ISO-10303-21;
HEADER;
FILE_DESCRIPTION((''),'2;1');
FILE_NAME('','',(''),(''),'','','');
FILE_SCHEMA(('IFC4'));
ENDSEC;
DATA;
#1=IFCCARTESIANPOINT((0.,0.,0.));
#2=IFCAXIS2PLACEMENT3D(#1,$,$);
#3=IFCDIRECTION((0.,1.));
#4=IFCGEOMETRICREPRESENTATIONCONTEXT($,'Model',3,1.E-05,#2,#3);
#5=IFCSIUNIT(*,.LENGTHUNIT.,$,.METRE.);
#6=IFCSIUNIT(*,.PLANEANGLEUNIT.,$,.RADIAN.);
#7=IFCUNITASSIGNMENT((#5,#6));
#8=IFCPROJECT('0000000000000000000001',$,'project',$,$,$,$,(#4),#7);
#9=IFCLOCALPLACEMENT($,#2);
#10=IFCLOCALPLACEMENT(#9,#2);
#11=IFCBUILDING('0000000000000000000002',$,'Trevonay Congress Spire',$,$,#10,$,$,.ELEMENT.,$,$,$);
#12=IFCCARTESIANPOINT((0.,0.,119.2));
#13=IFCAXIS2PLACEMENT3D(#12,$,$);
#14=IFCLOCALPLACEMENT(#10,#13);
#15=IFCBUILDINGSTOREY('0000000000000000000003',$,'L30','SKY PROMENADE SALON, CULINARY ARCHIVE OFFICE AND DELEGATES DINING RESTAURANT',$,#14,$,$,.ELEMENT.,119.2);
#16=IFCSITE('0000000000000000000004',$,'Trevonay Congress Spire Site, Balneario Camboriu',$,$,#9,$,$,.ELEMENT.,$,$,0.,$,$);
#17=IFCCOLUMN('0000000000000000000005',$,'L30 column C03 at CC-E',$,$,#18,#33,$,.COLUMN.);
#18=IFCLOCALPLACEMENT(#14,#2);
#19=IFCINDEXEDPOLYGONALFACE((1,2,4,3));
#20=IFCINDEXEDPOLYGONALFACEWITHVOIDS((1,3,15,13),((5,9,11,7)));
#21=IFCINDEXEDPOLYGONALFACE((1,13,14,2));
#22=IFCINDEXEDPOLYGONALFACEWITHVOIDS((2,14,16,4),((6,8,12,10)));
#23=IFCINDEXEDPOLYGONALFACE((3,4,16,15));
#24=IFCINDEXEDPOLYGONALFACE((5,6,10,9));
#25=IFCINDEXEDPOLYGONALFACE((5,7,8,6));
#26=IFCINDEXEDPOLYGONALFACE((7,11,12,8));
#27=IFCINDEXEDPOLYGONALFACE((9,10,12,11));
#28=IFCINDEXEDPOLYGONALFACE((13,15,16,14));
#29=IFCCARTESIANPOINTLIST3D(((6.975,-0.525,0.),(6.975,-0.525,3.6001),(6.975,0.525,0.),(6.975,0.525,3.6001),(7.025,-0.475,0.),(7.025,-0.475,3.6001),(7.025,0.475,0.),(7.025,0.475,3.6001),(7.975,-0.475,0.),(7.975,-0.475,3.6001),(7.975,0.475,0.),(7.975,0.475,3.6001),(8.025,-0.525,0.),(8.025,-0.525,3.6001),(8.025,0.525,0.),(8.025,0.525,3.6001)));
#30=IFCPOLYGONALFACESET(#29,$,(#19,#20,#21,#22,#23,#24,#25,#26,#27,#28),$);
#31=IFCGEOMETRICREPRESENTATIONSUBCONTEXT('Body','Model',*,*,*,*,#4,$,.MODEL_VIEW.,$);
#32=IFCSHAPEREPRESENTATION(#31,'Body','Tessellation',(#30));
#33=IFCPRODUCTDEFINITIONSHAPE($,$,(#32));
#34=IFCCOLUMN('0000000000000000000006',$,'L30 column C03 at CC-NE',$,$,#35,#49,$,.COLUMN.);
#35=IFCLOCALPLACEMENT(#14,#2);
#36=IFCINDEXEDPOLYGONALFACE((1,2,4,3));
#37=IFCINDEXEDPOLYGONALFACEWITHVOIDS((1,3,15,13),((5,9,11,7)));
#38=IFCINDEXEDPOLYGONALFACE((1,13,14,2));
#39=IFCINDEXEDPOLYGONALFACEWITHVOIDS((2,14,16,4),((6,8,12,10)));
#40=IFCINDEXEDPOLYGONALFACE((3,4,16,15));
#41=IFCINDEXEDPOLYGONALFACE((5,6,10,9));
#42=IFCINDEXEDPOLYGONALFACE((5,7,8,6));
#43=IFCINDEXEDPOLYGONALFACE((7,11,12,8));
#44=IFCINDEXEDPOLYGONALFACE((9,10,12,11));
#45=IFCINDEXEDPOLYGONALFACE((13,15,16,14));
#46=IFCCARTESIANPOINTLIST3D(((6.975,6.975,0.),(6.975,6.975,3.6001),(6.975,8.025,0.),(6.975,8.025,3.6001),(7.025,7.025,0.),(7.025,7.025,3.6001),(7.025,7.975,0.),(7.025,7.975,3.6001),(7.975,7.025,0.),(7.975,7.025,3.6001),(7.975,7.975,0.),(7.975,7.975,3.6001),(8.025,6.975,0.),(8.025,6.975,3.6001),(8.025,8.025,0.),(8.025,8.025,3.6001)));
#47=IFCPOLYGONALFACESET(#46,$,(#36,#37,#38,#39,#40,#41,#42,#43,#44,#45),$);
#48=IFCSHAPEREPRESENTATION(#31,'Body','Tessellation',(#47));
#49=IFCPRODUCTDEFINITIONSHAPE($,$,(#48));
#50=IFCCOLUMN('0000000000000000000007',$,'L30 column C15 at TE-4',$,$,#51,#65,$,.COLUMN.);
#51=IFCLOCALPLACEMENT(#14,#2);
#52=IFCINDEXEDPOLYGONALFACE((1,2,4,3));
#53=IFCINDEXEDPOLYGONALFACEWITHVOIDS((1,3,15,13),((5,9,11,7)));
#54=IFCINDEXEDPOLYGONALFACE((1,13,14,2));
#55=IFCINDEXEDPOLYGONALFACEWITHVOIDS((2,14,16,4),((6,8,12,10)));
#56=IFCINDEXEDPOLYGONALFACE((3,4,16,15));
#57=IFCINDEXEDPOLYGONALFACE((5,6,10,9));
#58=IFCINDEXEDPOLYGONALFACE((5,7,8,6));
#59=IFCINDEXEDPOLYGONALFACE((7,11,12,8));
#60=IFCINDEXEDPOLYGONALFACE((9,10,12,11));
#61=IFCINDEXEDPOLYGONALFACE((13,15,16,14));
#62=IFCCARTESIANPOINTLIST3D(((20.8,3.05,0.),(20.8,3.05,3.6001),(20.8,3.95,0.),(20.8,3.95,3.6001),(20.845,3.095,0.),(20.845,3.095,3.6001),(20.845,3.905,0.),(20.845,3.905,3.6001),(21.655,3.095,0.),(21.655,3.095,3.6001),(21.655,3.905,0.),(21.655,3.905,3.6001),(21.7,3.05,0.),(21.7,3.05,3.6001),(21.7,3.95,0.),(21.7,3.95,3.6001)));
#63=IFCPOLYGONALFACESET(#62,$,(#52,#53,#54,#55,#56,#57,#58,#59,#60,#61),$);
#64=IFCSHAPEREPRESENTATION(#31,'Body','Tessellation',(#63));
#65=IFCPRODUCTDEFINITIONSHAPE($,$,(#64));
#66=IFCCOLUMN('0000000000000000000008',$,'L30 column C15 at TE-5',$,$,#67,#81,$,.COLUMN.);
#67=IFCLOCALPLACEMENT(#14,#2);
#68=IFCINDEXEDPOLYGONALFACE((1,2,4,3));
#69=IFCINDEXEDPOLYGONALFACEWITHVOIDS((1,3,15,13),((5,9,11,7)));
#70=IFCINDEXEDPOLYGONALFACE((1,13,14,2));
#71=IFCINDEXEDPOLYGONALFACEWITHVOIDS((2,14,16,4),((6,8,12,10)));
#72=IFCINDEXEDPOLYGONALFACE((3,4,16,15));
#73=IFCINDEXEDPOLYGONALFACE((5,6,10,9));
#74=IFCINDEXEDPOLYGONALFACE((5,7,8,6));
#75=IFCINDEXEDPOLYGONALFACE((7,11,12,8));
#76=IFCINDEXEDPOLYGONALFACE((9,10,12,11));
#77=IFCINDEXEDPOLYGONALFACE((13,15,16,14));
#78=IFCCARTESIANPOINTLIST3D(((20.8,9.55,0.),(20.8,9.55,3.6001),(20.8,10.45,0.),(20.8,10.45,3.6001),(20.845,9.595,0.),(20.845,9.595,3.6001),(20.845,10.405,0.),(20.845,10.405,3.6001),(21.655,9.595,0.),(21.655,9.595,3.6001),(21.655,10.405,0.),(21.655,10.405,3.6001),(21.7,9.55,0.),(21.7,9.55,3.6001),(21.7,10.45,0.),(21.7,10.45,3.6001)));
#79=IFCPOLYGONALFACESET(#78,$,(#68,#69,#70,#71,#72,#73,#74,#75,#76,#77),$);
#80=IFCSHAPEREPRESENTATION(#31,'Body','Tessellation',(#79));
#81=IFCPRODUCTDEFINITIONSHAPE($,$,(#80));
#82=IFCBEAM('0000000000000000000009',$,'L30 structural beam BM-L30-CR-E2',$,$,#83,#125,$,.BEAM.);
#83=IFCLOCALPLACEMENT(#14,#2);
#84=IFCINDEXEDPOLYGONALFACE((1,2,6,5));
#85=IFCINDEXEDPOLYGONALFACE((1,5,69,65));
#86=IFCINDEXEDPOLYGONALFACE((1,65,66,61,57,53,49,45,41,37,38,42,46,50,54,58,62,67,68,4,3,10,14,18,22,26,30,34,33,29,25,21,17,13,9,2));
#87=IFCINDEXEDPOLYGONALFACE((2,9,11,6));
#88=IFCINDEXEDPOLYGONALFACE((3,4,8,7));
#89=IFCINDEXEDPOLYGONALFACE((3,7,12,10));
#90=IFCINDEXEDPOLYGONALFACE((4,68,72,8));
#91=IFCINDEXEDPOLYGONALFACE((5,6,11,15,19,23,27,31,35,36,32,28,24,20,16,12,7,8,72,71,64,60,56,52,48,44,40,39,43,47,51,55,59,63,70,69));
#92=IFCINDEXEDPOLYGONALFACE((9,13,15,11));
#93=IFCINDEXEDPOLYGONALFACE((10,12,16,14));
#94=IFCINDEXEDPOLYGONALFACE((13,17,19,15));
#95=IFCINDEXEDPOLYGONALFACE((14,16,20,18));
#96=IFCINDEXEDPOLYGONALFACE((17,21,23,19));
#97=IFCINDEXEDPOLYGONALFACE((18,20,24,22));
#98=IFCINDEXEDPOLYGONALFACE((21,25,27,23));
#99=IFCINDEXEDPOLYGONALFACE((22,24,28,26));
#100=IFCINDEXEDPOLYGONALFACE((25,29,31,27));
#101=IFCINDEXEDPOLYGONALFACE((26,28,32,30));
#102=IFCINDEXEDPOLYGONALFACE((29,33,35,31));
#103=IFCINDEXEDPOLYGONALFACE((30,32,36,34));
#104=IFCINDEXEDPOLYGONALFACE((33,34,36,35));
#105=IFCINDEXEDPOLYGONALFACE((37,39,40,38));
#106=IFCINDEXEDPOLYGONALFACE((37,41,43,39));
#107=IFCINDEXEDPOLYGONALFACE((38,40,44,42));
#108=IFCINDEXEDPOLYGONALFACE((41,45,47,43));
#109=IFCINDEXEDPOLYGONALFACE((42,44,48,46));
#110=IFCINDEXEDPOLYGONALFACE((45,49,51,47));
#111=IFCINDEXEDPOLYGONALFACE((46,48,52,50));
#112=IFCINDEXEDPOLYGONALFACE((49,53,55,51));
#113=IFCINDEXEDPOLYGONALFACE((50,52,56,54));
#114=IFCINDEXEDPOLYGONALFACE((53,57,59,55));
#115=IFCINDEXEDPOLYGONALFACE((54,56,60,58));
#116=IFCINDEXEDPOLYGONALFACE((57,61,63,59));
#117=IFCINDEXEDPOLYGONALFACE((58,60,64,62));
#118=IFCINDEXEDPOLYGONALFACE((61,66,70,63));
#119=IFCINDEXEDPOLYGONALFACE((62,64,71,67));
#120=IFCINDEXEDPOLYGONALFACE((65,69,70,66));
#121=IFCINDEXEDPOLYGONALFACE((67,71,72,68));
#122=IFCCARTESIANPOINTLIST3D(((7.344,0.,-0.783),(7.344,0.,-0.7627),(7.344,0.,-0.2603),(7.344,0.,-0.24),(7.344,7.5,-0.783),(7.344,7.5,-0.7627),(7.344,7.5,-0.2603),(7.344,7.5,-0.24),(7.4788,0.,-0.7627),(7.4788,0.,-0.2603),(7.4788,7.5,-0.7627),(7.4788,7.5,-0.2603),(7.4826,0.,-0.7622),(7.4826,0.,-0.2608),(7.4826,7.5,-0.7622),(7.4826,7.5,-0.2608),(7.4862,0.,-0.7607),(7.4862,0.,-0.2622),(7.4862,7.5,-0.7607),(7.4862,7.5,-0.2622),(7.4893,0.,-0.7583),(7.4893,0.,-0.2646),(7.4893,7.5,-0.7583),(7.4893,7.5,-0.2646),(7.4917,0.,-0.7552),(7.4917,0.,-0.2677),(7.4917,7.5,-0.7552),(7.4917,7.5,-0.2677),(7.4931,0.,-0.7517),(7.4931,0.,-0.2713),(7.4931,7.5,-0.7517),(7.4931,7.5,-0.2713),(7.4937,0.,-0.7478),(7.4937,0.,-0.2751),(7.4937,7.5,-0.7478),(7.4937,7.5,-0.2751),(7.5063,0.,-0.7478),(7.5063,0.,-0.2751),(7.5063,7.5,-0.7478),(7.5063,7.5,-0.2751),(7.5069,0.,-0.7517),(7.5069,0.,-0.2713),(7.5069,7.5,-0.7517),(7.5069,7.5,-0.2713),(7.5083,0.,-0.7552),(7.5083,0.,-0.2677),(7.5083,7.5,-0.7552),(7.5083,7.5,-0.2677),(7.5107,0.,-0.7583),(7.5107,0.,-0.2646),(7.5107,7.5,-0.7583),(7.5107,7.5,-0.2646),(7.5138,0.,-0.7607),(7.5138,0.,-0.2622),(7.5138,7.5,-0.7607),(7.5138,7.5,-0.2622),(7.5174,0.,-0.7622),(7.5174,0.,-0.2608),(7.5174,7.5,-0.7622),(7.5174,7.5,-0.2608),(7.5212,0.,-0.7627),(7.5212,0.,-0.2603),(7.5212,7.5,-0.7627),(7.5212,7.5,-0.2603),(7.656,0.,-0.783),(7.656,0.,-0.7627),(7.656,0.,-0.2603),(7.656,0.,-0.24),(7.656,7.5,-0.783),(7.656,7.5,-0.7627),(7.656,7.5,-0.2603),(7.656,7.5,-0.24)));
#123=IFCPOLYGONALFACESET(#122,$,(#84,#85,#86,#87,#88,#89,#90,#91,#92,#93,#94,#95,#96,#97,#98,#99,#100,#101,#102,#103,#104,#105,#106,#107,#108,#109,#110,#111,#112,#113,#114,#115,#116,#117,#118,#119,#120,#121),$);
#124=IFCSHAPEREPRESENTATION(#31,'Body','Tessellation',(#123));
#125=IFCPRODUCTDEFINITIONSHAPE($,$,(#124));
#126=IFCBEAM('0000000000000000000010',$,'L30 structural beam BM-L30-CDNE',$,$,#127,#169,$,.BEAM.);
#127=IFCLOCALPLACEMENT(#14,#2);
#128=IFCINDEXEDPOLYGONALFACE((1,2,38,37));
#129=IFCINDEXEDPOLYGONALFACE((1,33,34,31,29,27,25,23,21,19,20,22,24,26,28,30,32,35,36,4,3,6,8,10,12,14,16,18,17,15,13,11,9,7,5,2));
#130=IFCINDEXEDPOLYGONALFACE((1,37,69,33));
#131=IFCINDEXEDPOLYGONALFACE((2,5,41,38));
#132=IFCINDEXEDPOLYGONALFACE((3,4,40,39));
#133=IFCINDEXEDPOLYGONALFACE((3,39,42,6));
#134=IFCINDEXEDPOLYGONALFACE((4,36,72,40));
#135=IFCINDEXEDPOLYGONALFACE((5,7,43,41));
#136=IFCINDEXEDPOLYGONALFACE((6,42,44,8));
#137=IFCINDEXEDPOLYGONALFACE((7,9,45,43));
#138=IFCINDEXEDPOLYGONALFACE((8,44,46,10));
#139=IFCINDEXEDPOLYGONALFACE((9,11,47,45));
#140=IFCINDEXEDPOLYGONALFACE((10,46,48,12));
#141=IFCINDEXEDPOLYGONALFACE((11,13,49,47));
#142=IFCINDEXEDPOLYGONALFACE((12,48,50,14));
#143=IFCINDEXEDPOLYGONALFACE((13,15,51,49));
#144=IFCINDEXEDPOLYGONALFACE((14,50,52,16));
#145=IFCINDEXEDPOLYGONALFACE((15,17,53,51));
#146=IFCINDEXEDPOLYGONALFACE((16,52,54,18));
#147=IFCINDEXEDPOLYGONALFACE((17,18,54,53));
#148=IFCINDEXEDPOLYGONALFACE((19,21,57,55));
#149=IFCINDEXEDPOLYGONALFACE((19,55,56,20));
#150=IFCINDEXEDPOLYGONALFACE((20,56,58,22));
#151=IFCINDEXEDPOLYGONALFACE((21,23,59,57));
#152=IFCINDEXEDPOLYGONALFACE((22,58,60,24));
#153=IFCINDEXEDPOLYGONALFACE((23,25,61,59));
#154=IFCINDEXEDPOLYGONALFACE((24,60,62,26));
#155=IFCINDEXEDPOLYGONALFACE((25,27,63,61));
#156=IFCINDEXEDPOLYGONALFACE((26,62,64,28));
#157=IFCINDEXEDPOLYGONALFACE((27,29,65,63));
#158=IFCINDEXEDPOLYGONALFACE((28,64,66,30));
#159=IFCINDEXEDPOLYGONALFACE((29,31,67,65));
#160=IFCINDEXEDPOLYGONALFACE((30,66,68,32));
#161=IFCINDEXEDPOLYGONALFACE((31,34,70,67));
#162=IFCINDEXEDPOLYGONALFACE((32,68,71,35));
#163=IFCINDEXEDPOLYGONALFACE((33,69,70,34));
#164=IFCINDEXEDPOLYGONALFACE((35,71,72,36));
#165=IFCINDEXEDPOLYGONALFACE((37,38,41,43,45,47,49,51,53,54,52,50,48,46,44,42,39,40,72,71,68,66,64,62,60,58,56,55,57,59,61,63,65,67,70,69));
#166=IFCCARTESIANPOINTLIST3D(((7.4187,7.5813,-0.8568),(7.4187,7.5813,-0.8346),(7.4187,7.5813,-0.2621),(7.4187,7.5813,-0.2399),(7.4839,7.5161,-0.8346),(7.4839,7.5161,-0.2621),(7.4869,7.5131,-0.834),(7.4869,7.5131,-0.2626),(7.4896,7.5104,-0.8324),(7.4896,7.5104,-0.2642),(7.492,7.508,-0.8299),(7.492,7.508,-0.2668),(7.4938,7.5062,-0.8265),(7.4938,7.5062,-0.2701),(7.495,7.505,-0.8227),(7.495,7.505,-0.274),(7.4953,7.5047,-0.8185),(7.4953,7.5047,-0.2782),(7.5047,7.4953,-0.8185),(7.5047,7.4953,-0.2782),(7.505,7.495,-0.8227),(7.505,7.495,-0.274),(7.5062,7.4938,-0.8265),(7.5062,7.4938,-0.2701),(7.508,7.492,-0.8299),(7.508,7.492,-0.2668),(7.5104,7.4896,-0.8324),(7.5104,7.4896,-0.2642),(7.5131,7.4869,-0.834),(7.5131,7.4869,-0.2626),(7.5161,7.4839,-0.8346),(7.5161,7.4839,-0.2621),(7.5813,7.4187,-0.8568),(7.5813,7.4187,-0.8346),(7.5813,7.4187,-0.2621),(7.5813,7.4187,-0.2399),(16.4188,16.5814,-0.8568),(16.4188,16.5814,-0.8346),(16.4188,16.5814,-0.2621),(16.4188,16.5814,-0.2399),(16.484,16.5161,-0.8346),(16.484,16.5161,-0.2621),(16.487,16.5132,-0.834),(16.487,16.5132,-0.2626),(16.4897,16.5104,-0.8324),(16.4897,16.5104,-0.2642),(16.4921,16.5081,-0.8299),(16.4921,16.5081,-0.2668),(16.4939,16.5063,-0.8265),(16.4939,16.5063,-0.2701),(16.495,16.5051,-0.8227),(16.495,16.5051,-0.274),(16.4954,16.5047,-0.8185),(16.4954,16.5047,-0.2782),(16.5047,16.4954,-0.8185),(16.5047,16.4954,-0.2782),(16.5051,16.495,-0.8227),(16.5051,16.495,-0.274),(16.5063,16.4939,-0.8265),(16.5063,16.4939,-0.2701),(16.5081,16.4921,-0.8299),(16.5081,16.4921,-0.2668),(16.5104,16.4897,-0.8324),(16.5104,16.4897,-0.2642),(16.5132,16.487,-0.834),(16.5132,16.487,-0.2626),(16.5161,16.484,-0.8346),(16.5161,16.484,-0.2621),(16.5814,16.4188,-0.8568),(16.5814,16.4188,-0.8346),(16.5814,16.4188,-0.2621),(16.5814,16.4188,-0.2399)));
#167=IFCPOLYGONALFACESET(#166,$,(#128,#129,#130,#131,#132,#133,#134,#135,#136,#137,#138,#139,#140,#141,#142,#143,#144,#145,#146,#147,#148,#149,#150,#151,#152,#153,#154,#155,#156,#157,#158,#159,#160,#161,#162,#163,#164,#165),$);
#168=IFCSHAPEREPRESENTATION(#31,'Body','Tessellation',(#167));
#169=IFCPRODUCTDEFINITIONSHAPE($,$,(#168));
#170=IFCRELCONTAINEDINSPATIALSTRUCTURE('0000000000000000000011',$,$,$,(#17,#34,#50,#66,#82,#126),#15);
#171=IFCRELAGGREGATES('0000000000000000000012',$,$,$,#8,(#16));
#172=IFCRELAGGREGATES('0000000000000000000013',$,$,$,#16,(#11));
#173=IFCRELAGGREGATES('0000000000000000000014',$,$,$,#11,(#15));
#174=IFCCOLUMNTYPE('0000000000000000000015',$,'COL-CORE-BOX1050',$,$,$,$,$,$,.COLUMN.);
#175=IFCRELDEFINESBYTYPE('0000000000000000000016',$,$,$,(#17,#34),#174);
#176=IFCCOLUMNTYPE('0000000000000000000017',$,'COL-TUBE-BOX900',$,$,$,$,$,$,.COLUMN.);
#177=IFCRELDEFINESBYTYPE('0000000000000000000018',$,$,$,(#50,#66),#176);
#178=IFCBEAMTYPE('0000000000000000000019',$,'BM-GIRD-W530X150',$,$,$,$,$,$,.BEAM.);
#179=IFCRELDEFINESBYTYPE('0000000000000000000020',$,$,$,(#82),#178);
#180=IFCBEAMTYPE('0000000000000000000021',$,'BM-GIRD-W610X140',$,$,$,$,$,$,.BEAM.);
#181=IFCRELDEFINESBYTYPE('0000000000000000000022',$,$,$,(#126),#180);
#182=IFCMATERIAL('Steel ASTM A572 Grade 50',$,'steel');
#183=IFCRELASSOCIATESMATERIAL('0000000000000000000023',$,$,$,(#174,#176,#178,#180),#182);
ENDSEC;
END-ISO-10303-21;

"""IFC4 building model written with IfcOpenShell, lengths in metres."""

from ifc_helpers import new_model, si_unit, direction, frame, origin, origin_2d, place, context, subcontext, project, spatial, hollow_rectangle, i_section, extrude, material, material_profile, profile_set, type_object, element, save


model = new_model("IFC4")

# Units and contexts
model_context = context("Model", 3, precision=1e-05, world=origin(), true_north=direction((0.0, 1.0)))
body_context = subcontext(model_context, "Body", "Model", "MODEL_VIEW")
ifc_project = project(units=[si_unit("LENGTHUNIT", "METRE"), si_unit("PLANEANGLEUNIT", "RADIAN")], contexts=[model_context])

# Site, building, storey
site_placement = place(None, origin())
site = spatial("IfcSite", under=ifc_project, at=site_placement, Name="Trevonay Congress Spire Site, Balneario Camboriu", CompositionType="ELEMENT", RefElevation=0.0)
building_placement = place(site_placement, origin())
building = spatial("IfcBuilding", under=site, at=building_placement, Name="Trevonay Congress Spire", CompositionType="ELEMENT")
storey_placement = place(building_placement, frame((0.0, 0.0, 119.2)))
storey = spatial("IfcBuildingStorey", under=building, at=storey_placement, Name="L30", Description="SKY PROMENADE SALON, CULINARY ARCHIVE OFFICE AND DELEGATES DINING RESTAURANT", CompositionType="ELEMENT", Elevation=119.2)

# Columns
ifc_material_1 = material(Name="Steel ASTM A572 Grade 50", Category="steel")
ifc_material_profile_1 = material_profile(ifc_material_1, hollow_rectangle(XDim=1.05, YDim=1.05, WallThickness=0.05, at=origin_2d()), Name="BOX 1050x1050x50")
ifc_profile_set_1 = profile_set([ifc_material_profile_1], Name="Steel ASTM A572 Grade 50")
column_type_1 = type_object("IfcColumnType", Name="COL-CORE-BOX1050", PredefinedType="COLUMN", material=ifc_profile_set_1)
for number, where, z_axis, x_axis, name in (
    (1, (7.5, 0.0, 0.0), (0.0, 0.0, 1.0), (1.0, 0.0, 0.0), "L30 column C03 at CC-E"),
    (2, (7.5, 7.5, 0.0), (0.0, 0.0, 1.0), (1.0, 0.0, 0.0), "L30 column C03 at CC-NE"),
):
    element("IfcColumn", number, at=place(storey_placement, frame(where, z_axis=z_axis, x_axis=x_axis)), inside=storey, type_object=column_type_1, Name=name, PredefinedType="COLUMN", context=body_context, shape_type="SweptSolid", body=[
        extrude(hollow_rectangle(XDim=1.05, YDim=1.05, WallThickness=0.05, at=origin_2d()), origin(), (0.0, 0.0, 1.0), 3.6001),
    ])
ifc_material_profile_2 = material_profile(ifc_material_1, hollow_rectangle(XDim=0.8999, YDim=0.8999, WallThickness=0.0449, at=origin_2d()), Name="BOX 900x900x45")
ifc_profile_set_2 = profile_set([ifc_material_profile_2], Name="Steel ASTM A572 Grade 50")
column_type_2 = type_object("IfcColumnType", Name="COL-TUBE-BOX900", PredefinedType="COLUMN", material=ifc_profile_set_2)
for number, where, z_axis, x_axis, name in (
    (3, (21.25, 3.5, 0.0), (0.0, 0.0, 1.0), (1.0, 0.0, 0.0), "L30 column C15 at TE-4"),
    (4, (21.25, 10.0, 0.0), (0.0, 0.0, 1.0), (1.0, 0.0, 0.0), "L30 column C15 at TE-5"),
):
    element("IfcColumn", number, at=place(storey_placement, frame(where, z_axis=z_axis, x_axis=x_axis)), inside=storey, type_object=column_type_2, Name=name, PredefinedType="COLUMN", context=body_context, shape_type="SweptSolid", body=[
        extrude(hollow_rectangle(XDim=0.8999, YDim=0.8999, WallThickness=0.0449, at=origin_2d()), origin(), (0.0, 0.0, 1.0), 3.6001),
    ])

# Beams
ifc_material_profile_3 = material_profile(ifc_material_1, i_section(OverallWidth=0.312, OverallDepth=0.543, WebThickness=0.0127, FlangeThickness=0.0203, FilletRadius=0.0149, at=origin_2d()), Name="W530x150")
ifc_profile_set_3 = profile_set([ifc_material_profile_3], Name="Steel ASTM A572 Grade 50")
beam_type_1 = type_object("IfcBeamType", Name="BM-GIRD-W530X150", PredefinedType="BEAM", material=ifc_profile_set_3)
beam_1_placement = place(storey_placement, frame((7.5, 0.0, -0.5115), z_axis=(0.0, 1.0, 0.0), x_axis=(-1.0, 0.0, 0.0)))
element("IfcBeam", 5, at=beam_1_placement, inside=storey, type_object=beam_type_1, Name="L30 structural beam BM-L30-CR-E2", PredefinedType="BEAM", context=body_context, shape_type="SweptSolid", body=[
    extrude(i_section(OverallWidth=0.312, OverallDepth=0.543, WebThickness=0.0127, FlangeThickness=0.0203, FilletRadius=0.0149, at=origin_2d()), origin(), (0.0, 0.0, 1.0), 7.5),
])
ifc_material_profile_4 = material_profile(ifc_material_1, i_section(OverallWidth=0.23, OverallDepth=0.6169, WebThickness=0.0132, FlangeThickness=0.0222, FilletRadius=0.0161, at=origin_2d()), Name="W610x140")
ifc_profile_set_4 = profile_set([ifc_material_profile_4], Name="Steel ASTM A572 Grade 50")
beam_type_2 = type_object("IfcBeamType", Name="BM-GIRD-W610X140", PredefinedType="BEAM", material=ifc_profile_set_4)
beam_2_placement = place(storey_placement, frame((7.5, 7.5, -0.5483), z_axis=(0.707107, 0.707107, 0.0), x_axis=(-0.707107, 0.707107, 0.0)))
element("IfcBeam", 6, at=beam_2_placement, inside=storey, type_object=beam_type_2, Name="L30 structural beam BM-L30-CDNE", PredefinedType="BEAM", context=body_context, shape_type="SweptSolid", body=[
    extrude(i_section(OverallWidth=0.23, OverallDepth=0.6169, WebThickness=0.0132, FlangeThickness=0.0222, FilletRadius=0.0161, at=origin_2d()), origin(), (0.0, 0.0, 1.0), 12.728),
])

save(model, "model.ifc")
